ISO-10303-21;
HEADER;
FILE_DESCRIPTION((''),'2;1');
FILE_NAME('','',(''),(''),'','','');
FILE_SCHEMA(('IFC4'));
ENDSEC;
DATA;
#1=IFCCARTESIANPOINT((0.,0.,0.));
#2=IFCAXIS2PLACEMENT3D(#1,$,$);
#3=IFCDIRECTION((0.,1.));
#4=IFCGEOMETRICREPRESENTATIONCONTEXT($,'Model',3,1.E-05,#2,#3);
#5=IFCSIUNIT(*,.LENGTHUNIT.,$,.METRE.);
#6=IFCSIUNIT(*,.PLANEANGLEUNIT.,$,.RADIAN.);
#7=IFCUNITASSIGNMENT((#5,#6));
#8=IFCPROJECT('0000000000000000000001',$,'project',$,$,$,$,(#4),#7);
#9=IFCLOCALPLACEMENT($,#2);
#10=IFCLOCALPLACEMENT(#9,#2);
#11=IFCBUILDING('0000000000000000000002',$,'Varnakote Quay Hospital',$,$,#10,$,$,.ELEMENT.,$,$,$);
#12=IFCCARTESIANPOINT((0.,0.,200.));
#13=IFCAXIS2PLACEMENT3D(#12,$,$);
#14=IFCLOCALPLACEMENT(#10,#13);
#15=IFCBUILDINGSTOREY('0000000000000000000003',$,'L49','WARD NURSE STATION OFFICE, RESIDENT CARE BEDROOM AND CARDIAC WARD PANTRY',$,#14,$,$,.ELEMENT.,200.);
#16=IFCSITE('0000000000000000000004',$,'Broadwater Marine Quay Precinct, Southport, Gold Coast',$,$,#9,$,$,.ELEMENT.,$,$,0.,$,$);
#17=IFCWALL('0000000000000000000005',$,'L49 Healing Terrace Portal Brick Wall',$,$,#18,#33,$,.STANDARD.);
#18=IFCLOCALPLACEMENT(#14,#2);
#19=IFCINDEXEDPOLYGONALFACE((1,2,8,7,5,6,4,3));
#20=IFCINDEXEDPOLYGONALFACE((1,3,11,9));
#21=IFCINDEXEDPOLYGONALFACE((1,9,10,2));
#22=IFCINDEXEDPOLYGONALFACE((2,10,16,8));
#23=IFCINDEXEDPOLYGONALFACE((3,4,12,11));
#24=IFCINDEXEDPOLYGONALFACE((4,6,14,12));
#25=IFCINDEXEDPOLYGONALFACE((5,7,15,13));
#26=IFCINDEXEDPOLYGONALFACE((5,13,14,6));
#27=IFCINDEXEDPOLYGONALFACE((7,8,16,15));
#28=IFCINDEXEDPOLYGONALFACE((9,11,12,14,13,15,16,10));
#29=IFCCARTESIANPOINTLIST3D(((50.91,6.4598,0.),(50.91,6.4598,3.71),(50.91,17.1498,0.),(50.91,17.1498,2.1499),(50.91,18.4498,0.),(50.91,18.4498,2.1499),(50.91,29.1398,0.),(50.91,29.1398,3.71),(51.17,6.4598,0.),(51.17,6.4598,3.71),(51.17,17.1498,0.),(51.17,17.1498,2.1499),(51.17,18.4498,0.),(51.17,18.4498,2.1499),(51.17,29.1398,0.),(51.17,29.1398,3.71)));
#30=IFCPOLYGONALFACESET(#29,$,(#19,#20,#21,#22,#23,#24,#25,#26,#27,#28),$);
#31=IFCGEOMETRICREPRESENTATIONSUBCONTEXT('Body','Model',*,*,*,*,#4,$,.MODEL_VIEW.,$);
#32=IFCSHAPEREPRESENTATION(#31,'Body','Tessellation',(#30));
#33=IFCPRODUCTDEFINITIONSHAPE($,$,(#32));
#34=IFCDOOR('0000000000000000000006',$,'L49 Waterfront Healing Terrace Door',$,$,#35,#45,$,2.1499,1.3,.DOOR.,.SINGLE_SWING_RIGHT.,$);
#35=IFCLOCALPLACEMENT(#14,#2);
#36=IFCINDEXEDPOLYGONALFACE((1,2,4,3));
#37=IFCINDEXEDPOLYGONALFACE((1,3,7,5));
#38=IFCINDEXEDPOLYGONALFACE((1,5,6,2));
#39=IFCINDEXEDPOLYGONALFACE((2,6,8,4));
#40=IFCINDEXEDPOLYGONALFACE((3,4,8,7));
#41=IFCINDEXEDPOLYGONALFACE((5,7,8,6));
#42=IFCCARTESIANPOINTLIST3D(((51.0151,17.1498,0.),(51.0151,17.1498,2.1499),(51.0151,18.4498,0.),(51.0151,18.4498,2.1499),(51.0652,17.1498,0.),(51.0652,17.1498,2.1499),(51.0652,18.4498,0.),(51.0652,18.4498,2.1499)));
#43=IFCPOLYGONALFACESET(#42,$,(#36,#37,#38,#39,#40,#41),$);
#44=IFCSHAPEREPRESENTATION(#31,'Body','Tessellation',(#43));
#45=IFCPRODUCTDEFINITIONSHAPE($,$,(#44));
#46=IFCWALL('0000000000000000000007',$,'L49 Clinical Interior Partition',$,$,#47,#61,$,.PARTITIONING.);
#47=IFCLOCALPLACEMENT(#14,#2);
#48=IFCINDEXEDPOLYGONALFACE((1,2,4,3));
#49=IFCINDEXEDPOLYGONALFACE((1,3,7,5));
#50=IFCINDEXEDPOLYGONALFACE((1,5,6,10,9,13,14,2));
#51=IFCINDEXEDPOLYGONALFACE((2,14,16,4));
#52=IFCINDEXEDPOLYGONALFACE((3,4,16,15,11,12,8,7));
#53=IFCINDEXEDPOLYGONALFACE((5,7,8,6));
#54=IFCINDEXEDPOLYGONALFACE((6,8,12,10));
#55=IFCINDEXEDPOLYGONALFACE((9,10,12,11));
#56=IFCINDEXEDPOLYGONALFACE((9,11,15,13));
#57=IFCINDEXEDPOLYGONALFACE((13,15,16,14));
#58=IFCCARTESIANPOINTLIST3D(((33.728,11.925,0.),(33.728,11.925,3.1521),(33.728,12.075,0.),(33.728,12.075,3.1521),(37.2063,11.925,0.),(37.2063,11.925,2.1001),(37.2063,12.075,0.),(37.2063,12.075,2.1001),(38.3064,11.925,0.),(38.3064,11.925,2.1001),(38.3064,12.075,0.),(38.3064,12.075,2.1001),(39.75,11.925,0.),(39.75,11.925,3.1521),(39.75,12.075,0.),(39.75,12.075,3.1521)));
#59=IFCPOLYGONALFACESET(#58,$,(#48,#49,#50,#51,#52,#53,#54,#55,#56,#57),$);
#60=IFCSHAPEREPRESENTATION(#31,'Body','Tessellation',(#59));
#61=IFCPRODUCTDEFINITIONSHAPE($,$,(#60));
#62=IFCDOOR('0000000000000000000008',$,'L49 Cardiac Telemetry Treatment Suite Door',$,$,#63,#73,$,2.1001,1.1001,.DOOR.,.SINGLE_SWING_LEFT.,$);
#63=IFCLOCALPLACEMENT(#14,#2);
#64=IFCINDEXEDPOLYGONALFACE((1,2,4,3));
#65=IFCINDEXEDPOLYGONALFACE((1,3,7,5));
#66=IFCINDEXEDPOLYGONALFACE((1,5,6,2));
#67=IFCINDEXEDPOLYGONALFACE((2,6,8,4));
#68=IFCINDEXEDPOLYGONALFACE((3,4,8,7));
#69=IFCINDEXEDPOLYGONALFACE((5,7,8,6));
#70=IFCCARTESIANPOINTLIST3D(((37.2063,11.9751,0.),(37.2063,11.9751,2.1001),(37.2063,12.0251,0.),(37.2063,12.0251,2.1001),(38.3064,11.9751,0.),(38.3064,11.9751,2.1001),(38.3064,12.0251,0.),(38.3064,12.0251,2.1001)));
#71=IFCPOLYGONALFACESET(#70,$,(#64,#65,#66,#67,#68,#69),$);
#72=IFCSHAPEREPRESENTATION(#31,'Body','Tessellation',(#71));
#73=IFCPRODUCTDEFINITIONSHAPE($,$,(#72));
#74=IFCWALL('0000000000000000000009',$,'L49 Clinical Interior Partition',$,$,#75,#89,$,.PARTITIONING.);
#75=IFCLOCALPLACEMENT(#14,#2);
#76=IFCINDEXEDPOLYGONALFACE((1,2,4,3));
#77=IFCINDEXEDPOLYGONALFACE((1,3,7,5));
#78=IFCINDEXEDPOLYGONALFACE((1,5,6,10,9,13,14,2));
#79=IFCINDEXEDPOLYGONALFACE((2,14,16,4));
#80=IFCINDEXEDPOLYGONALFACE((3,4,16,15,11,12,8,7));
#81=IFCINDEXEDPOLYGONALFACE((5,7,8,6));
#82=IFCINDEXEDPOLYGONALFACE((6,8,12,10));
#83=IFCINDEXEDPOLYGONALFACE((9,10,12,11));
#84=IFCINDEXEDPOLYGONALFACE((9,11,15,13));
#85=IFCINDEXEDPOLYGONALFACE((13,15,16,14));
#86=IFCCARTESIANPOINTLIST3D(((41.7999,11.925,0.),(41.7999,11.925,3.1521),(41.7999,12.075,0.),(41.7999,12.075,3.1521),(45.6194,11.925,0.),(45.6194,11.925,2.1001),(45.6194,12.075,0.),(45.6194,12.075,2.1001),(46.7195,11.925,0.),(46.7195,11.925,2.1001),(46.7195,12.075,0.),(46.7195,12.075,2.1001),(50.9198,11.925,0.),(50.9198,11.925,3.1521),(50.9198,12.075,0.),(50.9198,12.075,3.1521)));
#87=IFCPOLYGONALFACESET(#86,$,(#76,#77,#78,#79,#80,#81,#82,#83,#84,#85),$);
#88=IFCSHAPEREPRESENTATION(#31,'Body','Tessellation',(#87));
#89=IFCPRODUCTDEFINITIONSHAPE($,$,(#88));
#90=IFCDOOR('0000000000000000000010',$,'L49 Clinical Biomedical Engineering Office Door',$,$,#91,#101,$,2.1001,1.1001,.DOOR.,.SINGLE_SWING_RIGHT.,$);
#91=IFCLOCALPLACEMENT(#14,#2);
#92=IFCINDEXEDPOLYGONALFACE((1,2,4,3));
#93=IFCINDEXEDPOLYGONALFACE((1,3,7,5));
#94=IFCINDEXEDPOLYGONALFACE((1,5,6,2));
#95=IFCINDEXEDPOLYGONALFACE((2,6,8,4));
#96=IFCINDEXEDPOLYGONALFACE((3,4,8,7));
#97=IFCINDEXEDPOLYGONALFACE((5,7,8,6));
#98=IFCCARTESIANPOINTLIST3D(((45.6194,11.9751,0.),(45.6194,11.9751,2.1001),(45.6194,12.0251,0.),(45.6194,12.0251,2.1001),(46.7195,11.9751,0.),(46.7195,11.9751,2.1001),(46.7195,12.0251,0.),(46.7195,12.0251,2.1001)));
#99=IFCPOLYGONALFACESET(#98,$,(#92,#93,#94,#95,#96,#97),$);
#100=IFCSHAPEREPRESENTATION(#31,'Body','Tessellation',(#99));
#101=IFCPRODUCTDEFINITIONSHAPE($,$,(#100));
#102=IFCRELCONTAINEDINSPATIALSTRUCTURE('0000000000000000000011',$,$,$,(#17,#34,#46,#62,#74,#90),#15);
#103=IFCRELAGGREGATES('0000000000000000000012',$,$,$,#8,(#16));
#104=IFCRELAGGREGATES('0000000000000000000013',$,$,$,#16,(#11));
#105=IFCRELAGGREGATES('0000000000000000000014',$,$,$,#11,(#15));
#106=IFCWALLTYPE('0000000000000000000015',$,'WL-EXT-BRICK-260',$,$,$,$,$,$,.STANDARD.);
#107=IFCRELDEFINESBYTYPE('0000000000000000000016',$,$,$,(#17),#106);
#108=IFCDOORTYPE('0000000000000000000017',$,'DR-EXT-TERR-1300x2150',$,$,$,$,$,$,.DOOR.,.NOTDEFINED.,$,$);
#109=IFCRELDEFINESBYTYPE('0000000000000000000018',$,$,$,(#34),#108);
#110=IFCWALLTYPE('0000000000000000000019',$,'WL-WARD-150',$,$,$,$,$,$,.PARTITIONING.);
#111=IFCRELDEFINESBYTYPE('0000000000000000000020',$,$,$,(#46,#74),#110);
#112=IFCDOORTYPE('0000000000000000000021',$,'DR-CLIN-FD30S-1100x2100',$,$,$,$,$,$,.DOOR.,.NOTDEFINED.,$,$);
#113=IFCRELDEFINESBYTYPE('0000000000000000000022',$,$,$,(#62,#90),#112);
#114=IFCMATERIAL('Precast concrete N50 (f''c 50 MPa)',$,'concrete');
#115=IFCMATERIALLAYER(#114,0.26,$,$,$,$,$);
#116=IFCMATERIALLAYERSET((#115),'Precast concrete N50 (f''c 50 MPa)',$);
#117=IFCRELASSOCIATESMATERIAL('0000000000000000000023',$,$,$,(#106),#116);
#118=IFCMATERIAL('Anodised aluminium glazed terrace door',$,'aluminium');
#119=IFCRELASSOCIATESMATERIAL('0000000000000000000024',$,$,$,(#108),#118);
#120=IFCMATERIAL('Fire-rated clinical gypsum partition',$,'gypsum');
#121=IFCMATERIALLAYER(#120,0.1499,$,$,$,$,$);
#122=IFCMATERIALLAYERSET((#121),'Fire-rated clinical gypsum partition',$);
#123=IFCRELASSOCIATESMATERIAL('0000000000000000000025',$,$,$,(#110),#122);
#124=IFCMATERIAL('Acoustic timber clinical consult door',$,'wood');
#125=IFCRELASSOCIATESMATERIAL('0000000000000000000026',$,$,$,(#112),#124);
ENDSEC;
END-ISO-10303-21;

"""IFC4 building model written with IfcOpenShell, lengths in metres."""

from ifc_helpers import new_model, si_unit, direction, frame, frame_2d, origin, place, context, subcontext, project, spatial, rectangle, extrude, material, layer, layer_set, type_object, element, fill, save


model = new_model("IFC4")

# Units and contexts
model_context = context("Model", 3, precision=1e-05, world=origin(), true_north=direction((0.0, 1.0)))
body_context = subcontext(model_context, "Body", "Model", "MODEL_VIEW")
ifc_project = project(units=[si_unit("LENGTHUNIT", "METRE"), si_unit("PLANEANGLEUNIT", "RADIAN")], contexts=[model_context])

# Site, building, storey
site_placement = place(None, origin())
site = spatial("IfcSite", under=ifc_project, at=site_placement, Name="Broadwater Marine Quay Precinct, Southport, Gold Coast", CompositionType="ELEMENT", RefElevation=0.0)
building_placement = place(site_placement, origin())
building = spatial("IfcBuilding", under=site, at=building_placement, Name="Varnakote Quay Hospital", CompositionType="ELEMENT")
storey_placement = place(building_placement, frame((0.0, 0.0, 200.0)))
storey = spatial("IfcBuildingStorey", under=building, at=storey_placement, Name="L49", Description="WARD NURSE STATION OFFICE, RESIDENT CARE BEDROOM AND CARDIAC WARD PANTRY", CompositionType="ELEMENT", Elevation=200.0)

# Shared definitions
ifc_material_1 = material(Name="Precast concrete N50 (f'c 50 MPa)", Category="concrete")
ifc_layer_1 = layer(ifc_material_1, 0.26)
ifc_layer_set_1 = layer_set([ifc_layer_1], Name="Precast concrete N50 (f'c 50 MPa)")
wall_type_1 = type_object("IfcWallType", Name="WL-EXT-BRICK-260", PredefinedType="STANDARD", material=ifc_layer_set_1)

# Walls, openings, doors
wall_1_placement = place(storey_placement, frame((51.04, 6.46, 0.0), z_axis=(0.0, 0.0, 1.0), x_axis=(0.0, 1.0, 0.0)))
wall_1 = element("IfcWall", 1, at=wall_1_placement, inside=storey, type_object=wall_type_1, Name="L49 Healing Terrace Portal Brick Wall", PredefinedType="STANDARD", context=body_context, shape_type="SweptSolid", body=[
    extrude(rectangle(XDim=22.6799, YDim=0.26, at=frame_2d((11.3398, 0.0))), origin(), (0.0, 0.0, 1.0), 3.71),
])
opening_1_placement = place(wall_1_placement, frame((10.6899, 0.0, 0.0)))
opening_1 = element("IfcOpeningElement", 2, at=opening_1_placement, cuts=wall_1, PredefinedType="OPENING", context=body_context, shape_type="SweptSolid", body=[
    extrude(rectangle(XDim=1.3, YDim=2.1499, at=frame_2d((0.6499, 1.075))), frame((0.0, 0.1399, 0.0), z_axis=(0.0, -1.0, 0.0), x_axis=(1.0, 0.0, 0.0)), (0.0, 0.0, 1.0), 0.28),
])
ifc_material_2 = material(Name="Anodised aluminium glazed terrace door", Category="aluminium")
door_type_1 = type_object("IfcDoorType", Name="DR-EXT-TERR-1300x2150", OperationType="NOTDEFINED", PredefinedType="DOOR", material=ifc_material_2)
door_1_placement = place(opening_1_placement, origin())
door_1 = element("IfcDoor", 3, at=door_1_placement, inside=storey, type_object=door_type_1, Name="L49 Waterfront Healing Terrace Door", OperationType="SINGLE_SWING_RIGHT", OverallHeight=2.1499, OverallWidth=1.3, PredefinedType="DOOR", context=body_context, shape_type="SweptSolid", body=[
    extrude(rectangle(XDim=1.3, YDim=2.1499, at=frame_2d((0.6499, 1.075))), frame((0.0, 0.0249, 0.0), z_axis=(0.0, -1.0, 0.0), x_axis=(1.0, 0.0, 0.0)), (0.0, 0.0, 1.0), 0.05),
])
fill(opening_1, door_1)
ifc_material_3 = material(Name="Fire-rated clinical gypsum partition", Category="gypsum")
ifc_layer_2 = layer(ifc_material_3, 0.1499)
ifc_layer_set_2 = layer_set([ifc_layer_2], Name="Fire-rated clinical gypsum partition")
wall_type_2 = type_object("IfcWallType", Name="WL-WARD-150", PredefinedType="PARTITIONING", material=ifc_layer_set_2)
wall_2_placement = place(storey_placement, frame((39.75, 12.0, 0.0), z_axis=(0.0, 0.0, 1.0), x_axis=(-1.0, 0.0, 0.0)))
wall_2 = element("IfcWall", 4, at=wall_2_placement, inside=storey, type_object=wall_type_2, Name="L49 Clinical Interior Partition", PredefinedType="PARTITIONING", context=body_context, shape_type="SweptSolid", body=[
    extrude(rectangle(XDim=6.022, YDim=0.1499, at=frame_2d((3.011, 0.0))), origin(), (0.0, 0.0, 1.0), 3.1521),
])
opening_2_placement = place(wall_2_placement, frame((1.4436, 0.0, 0.0)))
opening_2 = element("IfcOpeningElement", 5, at=opening_2_placement, cuts=wall_2, PredefinedType="OPENING", context=body_context, shape_type="SweptSolid", body=[
    extrude(rectangle(XDim=1.1001, YDim=2.1001, at=frame_2d((0.55, 1.05))), frame((0.0, 0.085, 0.0), z_axis=(0.0, -1.0, 0.0), x_axis=(1.0, 0.0, 0.0)), (0.0, 0.0, 1.0), 0.1699),
])
ifc_material_4 = material(Name="Acoustic timber clinical consult door", Category="wood")
door_type_2 = type_object("IfcDoorType", Name="DR-CLIN-FD30S-1100x2100", OperationType="NOTDEFINED", PredefinedType="DOOR", material=ifc_material_4)
door_2_placement = place(opening_2_placement, origin())
door_2 = element("IfcDoor", 6, at=door_2_placement, inside=storey, type_object=door_type_2, Name="L49 Cardiac Telemetry Treatment Suite Door", OperationType="SINGLE_SWING_LEFT", OverallHeight=2.1001, OverallWidth=1.1001, PredefinedType="DOOR", context=body_context, shape_type="SweptSolid", body=[
    extrude(rectangle(XDim=1.1001, YDim=2.1001, at=frame_2d((0.55, 1.05))), frame((0.0, 0.0249, 0.0), z_axis=(0.0, -1.0, 0.0), x_axis=(1.0, 0.0, 0.0)), (0.0, 0.0, 1.0), 0.05),
])
fill(opening_2, door_2)
wall_3_placement = place(storey_placement, frame((50.9199, 12.0, 0.0), z_axis=(0.0, 0.0, 1.0), x_axis=(-1.0, 0.0, 0.0)))
wall_3 = element("IfcWall", 7, at=wall_3_placement, inside=storey, type_object=wall_type_2, Name="L49 Clinical Interior Partition", PredefinedType="PARTITIONING", context=body_context, shape_type="SweptSolid", body=[
    extrude(rectangle(XDim=9.1199, YDim=0.1499, at=frame_2d((4.5601, 0.0))), origin(), (0.0, 0.0, 1.0), 3.1521),
])
opening_3_placement = place(wall_3_placement, frame((4.2004, 0.0, 0.0)))
opening_3 = element("IfcOpeningElement", 8, at=opening_3_placement, cuts=wall_3, PredefinedType="OPENING", context=body_context, shape_type="SweptSolid", body=[
    extrude(rectangle(XDim=1.1001, YDim=2.1001, at=frame_2d((0.55, 1.05))), frame((0.0, 0.085, 0.0), z_axis=(0.0, -1.0, 0.0), x_axis=(1.0, 0.0, 0.0)), (0.0, 0.0, 1.0), 0.1699),
])
door_3_placement = place(opening_3_placement, origin())
door_3 = element("IfcDoor", 9, at=door_3_placement, inside=storey, type_object=door_type_2, Name="L49 Clinical Biomedical Engineering Office Door", OperationType="SINGLE_SWING_RIGHT", OverallHeight=2.1001, OverallWidth=1.1001, PredefinedType="DOOR", context=body_context, shape_type="SweptSolid", body=[
    extrude(rectangle(XDim=1.1001, YDim=2.1001, at=frame_2d((0.55, 1.05))), frame((0.0, 0.0249, 0.0), z_axis=(0.0, -1.0, 0.0), x_axis=(1.0, 0.0, 0.0)), (0.0, 0.0, 1.0), 0.05),
])
fill(opening_3, door_3)

save(model, "model.ifc")
